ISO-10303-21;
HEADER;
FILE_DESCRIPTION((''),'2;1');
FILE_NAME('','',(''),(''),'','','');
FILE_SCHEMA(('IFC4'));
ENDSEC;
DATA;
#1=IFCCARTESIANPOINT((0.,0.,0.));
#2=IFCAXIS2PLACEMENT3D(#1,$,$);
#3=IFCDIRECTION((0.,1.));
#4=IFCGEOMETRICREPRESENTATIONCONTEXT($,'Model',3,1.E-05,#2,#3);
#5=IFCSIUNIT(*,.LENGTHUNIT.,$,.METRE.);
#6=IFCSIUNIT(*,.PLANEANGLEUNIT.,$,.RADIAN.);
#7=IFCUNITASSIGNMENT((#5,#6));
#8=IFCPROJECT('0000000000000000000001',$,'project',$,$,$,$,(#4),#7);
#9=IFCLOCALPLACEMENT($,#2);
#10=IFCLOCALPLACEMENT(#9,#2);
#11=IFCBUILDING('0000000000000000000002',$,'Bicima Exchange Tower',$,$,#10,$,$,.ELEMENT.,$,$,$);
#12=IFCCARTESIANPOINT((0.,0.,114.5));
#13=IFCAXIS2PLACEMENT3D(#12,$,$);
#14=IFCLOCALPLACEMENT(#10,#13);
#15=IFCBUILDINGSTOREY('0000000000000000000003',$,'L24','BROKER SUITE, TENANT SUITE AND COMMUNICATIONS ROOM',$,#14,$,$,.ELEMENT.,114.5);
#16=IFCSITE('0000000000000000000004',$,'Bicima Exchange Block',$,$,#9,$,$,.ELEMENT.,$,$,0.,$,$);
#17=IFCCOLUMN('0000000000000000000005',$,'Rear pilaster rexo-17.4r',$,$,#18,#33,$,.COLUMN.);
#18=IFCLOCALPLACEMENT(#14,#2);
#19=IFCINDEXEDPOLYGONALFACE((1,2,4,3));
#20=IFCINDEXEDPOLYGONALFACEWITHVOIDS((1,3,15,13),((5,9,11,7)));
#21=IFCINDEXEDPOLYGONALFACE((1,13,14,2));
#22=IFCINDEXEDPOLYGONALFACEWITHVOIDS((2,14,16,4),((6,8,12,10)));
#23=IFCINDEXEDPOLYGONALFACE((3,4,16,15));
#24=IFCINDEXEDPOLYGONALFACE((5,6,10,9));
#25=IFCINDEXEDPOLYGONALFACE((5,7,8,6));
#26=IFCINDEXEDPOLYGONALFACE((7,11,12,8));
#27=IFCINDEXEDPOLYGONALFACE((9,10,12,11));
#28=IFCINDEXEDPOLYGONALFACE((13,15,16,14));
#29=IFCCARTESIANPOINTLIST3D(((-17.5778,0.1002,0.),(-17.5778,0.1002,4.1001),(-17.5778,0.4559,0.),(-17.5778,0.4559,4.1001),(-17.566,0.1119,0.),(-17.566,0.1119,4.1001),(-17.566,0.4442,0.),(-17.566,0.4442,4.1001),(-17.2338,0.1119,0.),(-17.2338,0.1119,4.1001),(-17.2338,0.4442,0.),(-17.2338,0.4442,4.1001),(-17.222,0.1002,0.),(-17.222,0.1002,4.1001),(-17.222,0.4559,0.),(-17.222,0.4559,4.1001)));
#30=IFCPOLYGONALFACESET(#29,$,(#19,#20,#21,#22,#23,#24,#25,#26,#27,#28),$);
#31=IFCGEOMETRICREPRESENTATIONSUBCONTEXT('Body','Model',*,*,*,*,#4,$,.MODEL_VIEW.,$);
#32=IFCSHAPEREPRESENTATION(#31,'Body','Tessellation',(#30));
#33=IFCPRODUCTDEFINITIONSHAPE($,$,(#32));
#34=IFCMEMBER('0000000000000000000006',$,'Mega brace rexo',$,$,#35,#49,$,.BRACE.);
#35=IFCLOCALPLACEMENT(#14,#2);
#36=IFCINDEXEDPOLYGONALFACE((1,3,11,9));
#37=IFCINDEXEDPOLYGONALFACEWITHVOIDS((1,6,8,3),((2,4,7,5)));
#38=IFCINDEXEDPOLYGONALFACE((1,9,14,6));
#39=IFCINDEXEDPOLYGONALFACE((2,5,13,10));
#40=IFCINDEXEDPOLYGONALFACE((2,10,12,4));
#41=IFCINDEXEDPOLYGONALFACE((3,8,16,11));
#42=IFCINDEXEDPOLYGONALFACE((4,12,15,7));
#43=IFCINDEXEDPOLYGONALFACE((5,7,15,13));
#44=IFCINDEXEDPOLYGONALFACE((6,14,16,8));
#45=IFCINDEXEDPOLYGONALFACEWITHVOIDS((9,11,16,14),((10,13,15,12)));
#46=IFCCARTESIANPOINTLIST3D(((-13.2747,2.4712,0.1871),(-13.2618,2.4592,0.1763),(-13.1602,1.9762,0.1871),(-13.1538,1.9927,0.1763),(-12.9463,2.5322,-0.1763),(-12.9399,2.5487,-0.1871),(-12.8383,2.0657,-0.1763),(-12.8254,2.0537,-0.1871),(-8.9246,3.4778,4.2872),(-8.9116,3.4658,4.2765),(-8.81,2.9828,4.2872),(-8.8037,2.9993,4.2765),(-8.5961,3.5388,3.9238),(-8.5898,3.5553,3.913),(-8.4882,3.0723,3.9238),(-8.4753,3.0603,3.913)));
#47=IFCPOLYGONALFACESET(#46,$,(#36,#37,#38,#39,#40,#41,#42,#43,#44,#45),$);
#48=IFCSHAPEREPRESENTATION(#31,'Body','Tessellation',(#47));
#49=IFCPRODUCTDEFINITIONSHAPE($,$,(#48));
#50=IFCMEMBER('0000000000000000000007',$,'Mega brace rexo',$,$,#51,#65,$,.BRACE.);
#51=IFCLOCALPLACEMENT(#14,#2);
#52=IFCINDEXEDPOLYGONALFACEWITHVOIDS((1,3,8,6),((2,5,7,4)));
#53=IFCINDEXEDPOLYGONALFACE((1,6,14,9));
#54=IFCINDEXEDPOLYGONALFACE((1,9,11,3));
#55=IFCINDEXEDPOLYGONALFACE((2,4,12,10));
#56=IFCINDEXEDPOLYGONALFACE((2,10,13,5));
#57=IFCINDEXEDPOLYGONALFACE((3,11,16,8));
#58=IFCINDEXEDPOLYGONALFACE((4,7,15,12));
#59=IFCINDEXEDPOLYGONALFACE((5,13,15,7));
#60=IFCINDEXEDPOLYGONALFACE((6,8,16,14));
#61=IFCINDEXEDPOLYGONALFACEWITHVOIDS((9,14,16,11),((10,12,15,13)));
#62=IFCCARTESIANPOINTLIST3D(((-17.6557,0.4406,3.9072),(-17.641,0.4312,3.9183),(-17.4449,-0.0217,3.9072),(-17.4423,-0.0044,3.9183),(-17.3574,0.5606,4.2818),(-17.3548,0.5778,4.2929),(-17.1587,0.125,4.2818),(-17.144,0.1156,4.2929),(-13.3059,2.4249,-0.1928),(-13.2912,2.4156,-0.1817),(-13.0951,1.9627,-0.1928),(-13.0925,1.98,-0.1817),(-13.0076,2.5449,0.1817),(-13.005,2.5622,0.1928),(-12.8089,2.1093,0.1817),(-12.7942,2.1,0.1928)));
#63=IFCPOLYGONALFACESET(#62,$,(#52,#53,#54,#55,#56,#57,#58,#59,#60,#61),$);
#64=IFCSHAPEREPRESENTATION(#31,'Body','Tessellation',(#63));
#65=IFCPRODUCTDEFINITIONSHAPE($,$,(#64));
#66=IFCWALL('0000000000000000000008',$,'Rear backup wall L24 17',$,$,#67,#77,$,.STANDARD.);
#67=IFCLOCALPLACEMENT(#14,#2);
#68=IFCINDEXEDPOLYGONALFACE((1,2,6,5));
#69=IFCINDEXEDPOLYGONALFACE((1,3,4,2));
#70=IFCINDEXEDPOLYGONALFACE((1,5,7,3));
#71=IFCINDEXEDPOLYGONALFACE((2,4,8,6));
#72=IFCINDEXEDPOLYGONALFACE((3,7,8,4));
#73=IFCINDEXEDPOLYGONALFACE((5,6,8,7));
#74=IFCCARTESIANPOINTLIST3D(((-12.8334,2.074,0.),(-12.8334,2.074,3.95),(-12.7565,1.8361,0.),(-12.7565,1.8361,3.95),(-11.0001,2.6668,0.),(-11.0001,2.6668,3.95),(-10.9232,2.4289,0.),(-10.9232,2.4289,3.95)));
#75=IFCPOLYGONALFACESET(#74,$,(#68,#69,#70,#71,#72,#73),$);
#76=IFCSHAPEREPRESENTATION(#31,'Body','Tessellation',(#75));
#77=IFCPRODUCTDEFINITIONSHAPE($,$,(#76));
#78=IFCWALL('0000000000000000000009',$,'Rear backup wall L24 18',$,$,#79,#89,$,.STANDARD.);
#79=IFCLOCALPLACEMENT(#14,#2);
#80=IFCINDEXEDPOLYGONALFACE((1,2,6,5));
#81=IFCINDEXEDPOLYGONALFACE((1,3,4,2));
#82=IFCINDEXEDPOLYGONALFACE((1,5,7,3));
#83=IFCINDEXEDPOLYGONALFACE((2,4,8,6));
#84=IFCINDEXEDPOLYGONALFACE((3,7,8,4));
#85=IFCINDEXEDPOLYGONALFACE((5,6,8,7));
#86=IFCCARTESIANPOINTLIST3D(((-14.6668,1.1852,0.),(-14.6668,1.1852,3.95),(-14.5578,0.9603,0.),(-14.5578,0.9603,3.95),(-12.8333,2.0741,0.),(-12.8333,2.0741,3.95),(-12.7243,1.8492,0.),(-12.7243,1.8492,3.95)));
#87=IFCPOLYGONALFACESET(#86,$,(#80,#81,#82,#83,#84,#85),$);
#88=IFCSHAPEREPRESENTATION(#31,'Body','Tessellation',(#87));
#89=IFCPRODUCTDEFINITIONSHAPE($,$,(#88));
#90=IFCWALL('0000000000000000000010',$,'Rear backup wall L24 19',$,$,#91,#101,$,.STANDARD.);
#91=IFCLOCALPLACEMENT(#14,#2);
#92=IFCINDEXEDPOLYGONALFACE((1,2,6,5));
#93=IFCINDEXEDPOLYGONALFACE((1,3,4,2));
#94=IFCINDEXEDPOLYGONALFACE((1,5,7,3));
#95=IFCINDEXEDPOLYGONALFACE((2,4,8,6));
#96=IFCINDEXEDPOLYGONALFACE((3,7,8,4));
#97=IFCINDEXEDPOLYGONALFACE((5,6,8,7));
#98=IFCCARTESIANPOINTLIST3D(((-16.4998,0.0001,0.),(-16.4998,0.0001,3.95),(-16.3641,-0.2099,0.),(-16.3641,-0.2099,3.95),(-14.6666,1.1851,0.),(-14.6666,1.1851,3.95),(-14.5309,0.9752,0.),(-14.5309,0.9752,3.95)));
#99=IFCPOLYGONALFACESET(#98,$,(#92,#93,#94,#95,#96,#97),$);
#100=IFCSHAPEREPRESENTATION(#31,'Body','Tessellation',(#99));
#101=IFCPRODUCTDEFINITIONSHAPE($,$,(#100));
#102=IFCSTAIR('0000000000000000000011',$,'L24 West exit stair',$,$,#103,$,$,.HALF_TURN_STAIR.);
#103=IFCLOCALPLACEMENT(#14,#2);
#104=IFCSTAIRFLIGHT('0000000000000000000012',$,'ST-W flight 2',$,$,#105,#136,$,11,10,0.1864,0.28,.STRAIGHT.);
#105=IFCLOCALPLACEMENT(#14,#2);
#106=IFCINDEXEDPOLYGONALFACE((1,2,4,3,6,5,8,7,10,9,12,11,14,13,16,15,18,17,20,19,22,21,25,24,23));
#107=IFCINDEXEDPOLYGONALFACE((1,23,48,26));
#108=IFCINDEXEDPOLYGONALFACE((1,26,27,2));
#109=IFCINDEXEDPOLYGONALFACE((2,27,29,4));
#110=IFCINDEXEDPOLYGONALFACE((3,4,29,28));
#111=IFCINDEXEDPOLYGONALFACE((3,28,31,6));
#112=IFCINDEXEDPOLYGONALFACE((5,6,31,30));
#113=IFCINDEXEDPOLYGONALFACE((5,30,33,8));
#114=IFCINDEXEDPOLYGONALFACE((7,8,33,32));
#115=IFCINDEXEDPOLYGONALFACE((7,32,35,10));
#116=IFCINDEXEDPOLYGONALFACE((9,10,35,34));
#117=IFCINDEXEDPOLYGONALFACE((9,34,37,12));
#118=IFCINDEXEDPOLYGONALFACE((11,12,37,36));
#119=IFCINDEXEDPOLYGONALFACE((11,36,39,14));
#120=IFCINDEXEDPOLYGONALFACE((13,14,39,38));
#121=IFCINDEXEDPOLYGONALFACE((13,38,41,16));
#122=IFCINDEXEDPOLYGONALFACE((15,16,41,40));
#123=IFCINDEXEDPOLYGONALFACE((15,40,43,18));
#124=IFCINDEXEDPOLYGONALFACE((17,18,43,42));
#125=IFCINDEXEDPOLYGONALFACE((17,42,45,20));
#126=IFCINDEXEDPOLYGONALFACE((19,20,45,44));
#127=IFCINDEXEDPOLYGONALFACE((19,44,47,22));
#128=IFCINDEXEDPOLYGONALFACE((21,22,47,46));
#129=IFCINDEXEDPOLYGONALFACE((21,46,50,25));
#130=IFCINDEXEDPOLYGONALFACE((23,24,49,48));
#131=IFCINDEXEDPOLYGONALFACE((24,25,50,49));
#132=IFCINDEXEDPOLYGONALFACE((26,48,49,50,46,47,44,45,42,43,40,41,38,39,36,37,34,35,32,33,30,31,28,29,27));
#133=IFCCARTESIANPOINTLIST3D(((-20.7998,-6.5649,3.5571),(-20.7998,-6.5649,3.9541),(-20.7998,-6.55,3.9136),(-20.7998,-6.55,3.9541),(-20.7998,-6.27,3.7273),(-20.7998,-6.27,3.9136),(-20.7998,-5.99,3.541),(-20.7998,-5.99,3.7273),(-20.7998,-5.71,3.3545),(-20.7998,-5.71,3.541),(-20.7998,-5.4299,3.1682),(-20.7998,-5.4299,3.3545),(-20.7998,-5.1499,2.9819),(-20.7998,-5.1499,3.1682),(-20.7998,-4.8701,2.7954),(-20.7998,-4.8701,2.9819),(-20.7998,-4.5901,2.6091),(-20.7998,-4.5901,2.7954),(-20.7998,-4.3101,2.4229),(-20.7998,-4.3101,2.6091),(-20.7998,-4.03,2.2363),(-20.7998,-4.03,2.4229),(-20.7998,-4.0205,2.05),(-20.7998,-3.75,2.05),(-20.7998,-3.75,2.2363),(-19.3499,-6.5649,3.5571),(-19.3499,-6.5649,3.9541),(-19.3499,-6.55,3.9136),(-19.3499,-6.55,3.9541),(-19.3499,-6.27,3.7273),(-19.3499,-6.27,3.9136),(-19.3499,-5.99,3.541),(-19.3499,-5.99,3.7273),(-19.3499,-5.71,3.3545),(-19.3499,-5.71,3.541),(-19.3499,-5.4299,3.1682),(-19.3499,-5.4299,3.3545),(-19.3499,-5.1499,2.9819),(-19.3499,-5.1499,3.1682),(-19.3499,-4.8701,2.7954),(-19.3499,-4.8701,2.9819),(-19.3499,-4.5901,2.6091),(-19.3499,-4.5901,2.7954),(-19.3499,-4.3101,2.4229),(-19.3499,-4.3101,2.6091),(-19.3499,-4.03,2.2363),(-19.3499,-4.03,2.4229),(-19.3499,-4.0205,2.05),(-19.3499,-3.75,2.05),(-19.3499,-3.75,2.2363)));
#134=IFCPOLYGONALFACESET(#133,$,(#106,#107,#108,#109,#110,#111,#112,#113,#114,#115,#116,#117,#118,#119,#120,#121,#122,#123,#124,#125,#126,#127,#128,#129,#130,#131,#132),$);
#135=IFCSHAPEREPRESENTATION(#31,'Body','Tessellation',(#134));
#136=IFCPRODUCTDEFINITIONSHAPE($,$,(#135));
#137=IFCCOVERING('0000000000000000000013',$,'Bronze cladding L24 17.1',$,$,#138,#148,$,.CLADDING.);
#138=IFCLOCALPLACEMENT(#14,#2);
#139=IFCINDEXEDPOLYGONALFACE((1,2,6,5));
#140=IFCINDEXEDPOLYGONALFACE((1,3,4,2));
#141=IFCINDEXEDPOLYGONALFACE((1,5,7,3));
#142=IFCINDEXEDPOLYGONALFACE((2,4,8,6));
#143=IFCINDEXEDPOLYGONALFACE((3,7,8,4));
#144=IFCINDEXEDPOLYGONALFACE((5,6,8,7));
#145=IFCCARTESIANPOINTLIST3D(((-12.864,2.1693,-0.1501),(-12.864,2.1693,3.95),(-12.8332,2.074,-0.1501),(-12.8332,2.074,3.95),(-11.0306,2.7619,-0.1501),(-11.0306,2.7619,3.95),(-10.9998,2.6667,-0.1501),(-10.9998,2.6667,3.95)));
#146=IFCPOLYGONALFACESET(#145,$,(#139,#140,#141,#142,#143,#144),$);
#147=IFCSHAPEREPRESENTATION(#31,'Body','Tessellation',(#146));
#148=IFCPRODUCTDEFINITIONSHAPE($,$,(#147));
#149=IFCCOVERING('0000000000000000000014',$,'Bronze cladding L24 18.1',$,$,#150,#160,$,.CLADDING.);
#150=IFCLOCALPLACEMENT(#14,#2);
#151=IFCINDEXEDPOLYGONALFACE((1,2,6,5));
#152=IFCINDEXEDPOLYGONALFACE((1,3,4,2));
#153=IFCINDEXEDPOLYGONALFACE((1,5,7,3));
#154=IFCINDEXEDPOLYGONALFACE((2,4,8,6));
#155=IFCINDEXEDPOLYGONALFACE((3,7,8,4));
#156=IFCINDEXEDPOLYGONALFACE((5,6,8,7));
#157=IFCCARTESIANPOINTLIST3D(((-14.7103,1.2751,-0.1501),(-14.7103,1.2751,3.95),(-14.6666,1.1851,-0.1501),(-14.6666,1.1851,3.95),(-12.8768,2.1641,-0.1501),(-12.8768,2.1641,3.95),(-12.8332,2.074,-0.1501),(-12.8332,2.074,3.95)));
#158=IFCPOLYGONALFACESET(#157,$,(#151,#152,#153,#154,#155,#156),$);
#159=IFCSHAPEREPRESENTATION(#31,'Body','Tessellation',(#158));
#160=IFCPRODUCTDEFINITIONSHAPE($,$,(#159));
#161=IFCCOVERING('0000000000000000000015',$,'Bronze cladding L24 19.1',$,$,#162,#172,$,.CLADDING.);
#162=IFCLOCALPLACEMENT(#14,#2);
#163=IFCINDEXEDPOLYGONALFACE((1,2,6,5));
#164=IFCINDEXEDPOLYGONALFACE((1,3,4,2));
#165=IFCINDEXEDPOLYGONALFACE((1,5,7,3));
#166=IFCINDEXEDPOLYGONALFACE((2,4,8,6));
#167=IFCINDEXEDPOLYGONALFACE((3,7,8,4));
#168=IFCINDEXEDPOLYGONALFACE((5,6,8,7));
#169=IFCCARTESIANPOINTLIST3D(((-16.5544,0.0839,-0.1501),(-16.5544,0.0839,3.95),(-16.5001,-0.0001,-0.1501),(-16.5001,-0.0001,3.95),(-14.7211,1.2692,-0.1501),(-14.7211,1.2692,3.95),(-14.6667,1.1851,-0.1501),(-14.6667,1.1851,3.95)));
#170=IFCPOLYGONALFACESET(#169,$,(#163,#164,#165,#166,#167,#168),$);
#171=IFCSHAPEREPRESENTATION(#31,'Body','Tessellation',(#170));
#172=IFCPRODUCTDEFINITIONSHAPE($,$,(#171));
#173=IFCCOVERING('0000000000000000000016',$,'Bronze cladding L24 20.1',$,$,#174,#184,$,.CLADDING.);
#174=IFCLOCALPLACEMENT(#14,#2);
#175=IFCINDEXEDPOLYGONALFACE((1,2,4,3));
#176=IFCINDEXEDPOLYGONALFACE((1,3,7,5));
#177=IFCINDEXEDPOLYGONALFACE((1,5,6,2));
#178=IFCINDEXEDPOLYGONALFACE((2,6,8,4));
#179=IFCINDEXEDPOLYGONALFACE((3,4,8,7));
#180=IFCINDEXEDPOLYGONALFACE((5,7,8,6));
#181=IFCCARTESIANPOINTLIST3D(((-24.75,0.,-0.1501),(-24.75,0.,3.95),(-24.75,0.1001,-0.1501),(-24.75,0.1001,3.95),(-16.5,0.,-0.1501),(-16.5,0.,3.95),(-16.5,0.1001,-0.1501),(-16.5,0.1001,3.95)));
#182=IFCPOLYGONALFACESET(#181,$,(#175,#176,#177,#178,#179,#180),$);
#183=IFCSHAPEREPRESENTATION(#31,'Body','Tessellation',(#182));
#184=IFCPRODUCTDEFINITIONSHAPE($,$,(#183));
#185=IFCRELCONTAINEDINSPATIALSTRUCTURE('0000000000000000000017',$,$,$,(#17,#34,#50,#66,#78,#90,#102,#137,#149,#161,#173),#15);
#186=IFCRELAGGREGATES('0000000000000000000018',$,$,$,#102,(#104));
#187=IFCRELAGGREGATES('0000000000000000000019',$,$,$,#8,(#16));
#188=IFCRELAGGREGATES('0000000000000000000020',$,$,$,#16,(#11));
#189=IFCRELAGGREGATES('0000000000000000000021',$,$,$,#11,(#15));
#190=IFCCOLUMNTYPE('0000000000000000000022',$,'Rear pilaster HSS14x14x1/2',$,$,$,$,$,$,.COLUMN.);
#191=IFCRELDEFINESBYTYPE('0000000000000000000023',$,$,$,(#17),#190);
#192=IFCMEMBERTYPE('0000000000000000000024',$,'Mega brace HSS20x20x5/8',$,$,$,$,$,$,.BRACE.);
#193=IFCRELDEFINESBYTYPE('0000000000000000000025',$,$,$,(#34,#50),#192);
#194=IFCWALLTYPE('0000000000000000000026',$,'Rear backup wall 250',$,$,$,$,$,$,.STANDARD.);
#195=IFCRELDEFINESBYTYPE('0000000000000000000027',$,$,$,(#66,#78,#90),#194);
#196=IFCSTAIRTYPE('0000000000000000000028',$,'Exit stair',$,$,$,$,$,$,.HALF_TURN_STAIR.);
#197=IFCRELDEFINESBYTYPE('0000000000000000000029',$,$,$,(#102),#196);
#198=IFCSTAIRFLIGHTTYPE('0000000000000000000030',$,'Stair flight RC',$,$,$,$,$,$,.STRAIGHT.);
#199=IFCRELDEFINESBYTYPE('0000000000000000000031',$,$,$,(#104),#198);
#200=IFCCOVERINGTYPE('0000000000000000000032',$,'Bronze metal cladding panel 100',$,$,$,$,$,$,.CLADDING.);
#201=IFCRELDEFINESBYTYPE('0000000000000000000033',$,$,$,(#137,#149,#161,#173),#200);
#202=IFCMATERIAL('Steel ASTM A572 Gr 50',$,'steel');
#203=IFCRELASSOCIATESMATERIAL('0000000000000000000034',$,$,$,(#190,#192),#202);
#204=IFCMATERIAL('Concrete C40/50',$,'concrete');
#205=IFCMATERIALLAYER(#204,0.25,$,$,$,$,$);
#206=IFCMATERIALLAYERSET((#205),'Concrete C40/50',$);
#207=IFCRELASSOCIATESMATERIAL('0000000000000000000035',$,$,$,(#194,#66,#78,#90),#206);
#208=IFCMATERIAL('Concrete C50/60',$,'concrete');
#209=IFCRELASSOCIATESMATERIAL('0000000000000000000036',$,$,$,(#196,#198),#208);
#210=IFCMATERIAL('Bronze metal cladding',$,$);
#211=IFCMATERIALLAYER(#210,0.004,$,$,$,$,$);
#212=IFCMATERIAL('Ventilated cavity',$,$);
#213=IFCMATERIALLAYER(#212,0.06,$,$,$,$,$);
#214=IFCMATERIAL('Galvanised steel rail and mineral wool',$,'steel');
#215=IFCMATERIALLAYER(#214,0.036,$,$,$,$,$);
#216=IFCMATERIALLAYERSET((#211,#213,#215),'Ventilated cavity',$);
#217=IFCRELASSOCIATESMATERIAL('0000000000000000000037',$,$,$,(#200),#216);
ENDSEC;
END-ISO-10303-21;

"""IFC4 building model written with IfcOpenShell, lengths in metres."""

from ifc_helpers import new_model, si_unit, direction, frame, frame_2d, origin, origin_2d, place, context, subcontext, project, spatial, polyline, rectangle, hollow_rectangle, outline, extrude, material, layer, layer_set, layer_usage, material_profile, profile_set, type_object, element, aggregate, save


model = new_model("IFC4")

# Units and contexts
model_context = context("Model", 3, precision=1e-05, world=origin(), true_north=direction((0.0, 1.0)))
body_context = subcontext(model_context, "Body", "Model", "MODEL_VIEW")
ifc_project = project(units=[si_unit("LENGTHUNIT", "METRE"), si_unit("PLANEANGLEUNIT", "RADIAN")], contexts=[model_context])

# Site, building, storey
site_placement = place(None, origin())
site = spatial("IfcSite", under=ifc_project, at=site_placement, Name="Bicima Exchange Block", CompositionType="ELEMENT", RefElevation=0.0)
building_placement = place(site_placement, origin())
building = spatial("IfcBuilding", under=site, at=building_placement, Name="Bicima Exchange Tower", CompositionType="ELEMENT")
storey_placement = place(building_placement, frame((0.0, 0.0, 114.5)))
storey = spatial("IfcBuildingStorey", under=building, at=storey_placement, Name="L24", Description="BROKER SUITE, TENANT SUITE AND COMMUNICATIONS ROOM", CompositionType="ELEMENT", Elevation=114.5)

# Column
ifc_material_1 = material(Name="Steel ASTM A572 Gr 50", Category="steel")
ifc_material_profile_1 = material_profile(ifc_material_1, hollow_rectangle(XDim=0.3557, YDim=0.3557, WallThickness=0.0117, at=origin_2d()))
ifc_profile_set_1 = profile_set([ifc_material_profile_1], Name="Steel ASTM A572 Gr 50")
column_type = type_object("IfcColumnType", Name="Rear pilaster HSS14x14x1/2", PredefinedType="COLUMN", material=ifc_profile_set_1)
column_placement = place(storey_placement, frame((-17.3999, 0.2781, 0.0), z_axis=(0.0, 0.0, 1.0), x_axis=(1.0, 0.0, 0.0)))
element("IfcColumn", 1, at=column_placement, inside=storey, type_object=column_type, Name="Rear pilaster rexo-17.4r", PredefinedType="COLUMN", context=body_context, shape_type="SweptSolid", body=[
    extrude(hollow_rectangle(XDim=0.3557, YDim=0.3557, WallThickness=0.0117, at=origin_2d()), origin(), (0.0, 0.0, 1.0), 4.1001),
])

# Members
ifc_material_profile_2 = material_profile(ifc_material_1, hollow_rectangle(XDim=0.5081, YDim=0.5081, WallThickness=0.0146, at=origin_2d()))
ifc_profile_set_2 = profile_set([ifc_material_profile_2], Name="Steel ASTM A572 Gr 50")
member_type = type_object("IfcMemberType", Name="Mega brace HSS20x20x5/8", PredefinedType="BRACE", material=ifc_profile_set_2)
member_1_placement = place(storey_placement, frame((-13.05, 2.2625, 0.0), z_axis=(0.717606, 0.166051, 0.676365), x_axis=(-0.225439, 0.974257, 0.0)))
element("IfcMember", 2, at=member_1_placement, inside=storey, type_object=member_type, Name="Mega brace rexo", PredefinedType="BRACE", context=body_context, shape_type="SweptSolid", body=[
    extrude(hollow_rectangle(XDim=0.5081, YDim=0.5081, WallThickness=0.0146, at=origin_2d()), origin(), (0.0, 0.0, 1.0), 6.062),
])
member_2_placement = place(storey_placement, frame((-13.05, 2.2625, 0.0), z_axis=(-0.690629, -0.31506, 0.650975), x_axis=(0.415045, -0.909801, 0.0)))
element("IfcMember", 3, at=member_2_placement, inside=storey, type_object=member_type, Name="Mega brace rexo", PredefinedType="BRACE", context=body_context, shape_type="SweptSolid", body=[
    extrude(hollow_rectangle(XDim=0.5081, YDim=0.5081, WallThickness=0.0146, at=origin_2d()), origin(), (0.0, 0.0, 1.0), 6.2983),
])

# Walls
ifc_material_2 = material(Name="Concrete C40/50", Category="concrete")
ifc_layer_1 = layer(ifc_material_2, 0.25)
ifc_layer_set_1 = layer_set([ifc_layer_1], Name="Concrete C40/50")
ifc_layer_usage = layer_usage(ifc_layer_set_1, "AXIS2", "POSITIVE", -0.125)
wall_type = type_object("IfcWallType", Name="Rear backup wall 250", PredefinedType="STANDARD", material=ifc_layer_set_1)
wall_1_placement = place(storey_placement, frame((-10.9617, 2.5479, 0.0), z_axis=(0.0, 0.0, 1.0), x_axis=(-0.951496, -0.307662, 0.0)))
element("IfcWall", 4, at=wall_1_placement, inside=storey, type_object=wall_type, material=ifc_layer_usage, Name="Rear backup wall L24 17", PredefinedType="STANDARD", context=body_context, shape_type="SweptSolid", body=[
    extrude(rectangle(XDim=1.9268, YDim=0.25, at=frame_2d((0.9634, 0.0))), origin(), (0.0, 0.0, 1.0), 3.95),
])
wall_2_placement = place(storey_placement, frame((-12.7788, 1.9617, 0.0), z_axis=(0.0, 0.0, 1.0), x_axis=(-0.899824, -0.436253, 0.0)))
element("IfcWall", 5, at=wall_2_placement, inside=storey, type_object=wall_type, material=ifc_layer_usage, Name="Rear backup wall L24 18", PredefinedType="STANDARD", context=body_context, shape_type="SweptSolid", body=[
    extrude(rectangle(XDim=2.0376, YDim=0.25, at=frame_2d((1.0188, 0.0))), origin(), (0.0, 0.0, 1.0), 3.95),
])
wall_3_placement = place(storey_placement, frame((-14.5989, 1.0801, 0.0), z_axis=(0.0, 0.0, 1.0), x_axis=(-0.839813, -0.542876, 0.0)))
element("IfcWall", 6, at=wall_3_placement, inside=storey, type_object=wall_type, material=ifc_layer_usage, Name="Rear backup wall L24 19", PredefinedType="STANDARD", context=body_context, shape_type="SweptSolid", body=[
    extrude(rectangle(XDim=2.1829, YDim=0.25, at=frame_2d((1.0913, 0.0))), origin(), (0.0, 0.0, 1.0), 3.95),
])

# Stair, stair flight
ifc_material_3 = material(Name="Concrete C50/60", Category="concrete")
stair_type = type_object("IfcStairType", Name="Exit stair", PredefinedType="HALF_TURN_STAIR", material=ifc_material_3)
stair_placement = place(storey_placement, origin())
stair = element("IfcStair", 7, at=stair_placement, inside=storey, type_object=stair_type, Name="L24 West exit stair", PredefinedType="HALF_TURN_STAIR")
stair_flight_type = type_object("IfcStairFlightType", Name="Stair flight RC", PredefinedType="STRAIGHT", material=ifc_material_3)
stair_flight_placement = place(storey_placement, frame((-20.075, -3.75, 2.05), z_axis=(0.0, 0.0, 1.0), x_axis=(0.0, -1.0, 0.0)))
stair_flight = element("IfcStairFlight", 8, at=stair_flight_placement, type_object=stair_flight_type, Name="ST-W flight 2", NumberOfRisers=11, NumberOfTreads=10, PredefinedType="STRAIGHT", RiserHeight=0.1864, TreadLength=0.28, context=body_context, shape_type="SweptSolid", body=[
    extrude(outline(polyline([(0.0, 0.0), (0.0, 0.1863), (0.28, 0.1863), (0.28, 0.3728), (0.5601, 0.3728), (0.5601, 0.5591), (0.8401, 0.5591), (0.8401, 0.7454), (1.1201, 0.7454), (1.1201, 0.9319), (1.3999, 0.9319), (1.3999, 1.1182), (1.6799, 1.1182), (1.6799, 1.3044), (1.96, 1.3044), (1.96, 1.491), (2.24, 1.491), (2.24, 1.6772), (2.52, 1.6772), (2.52, 1.8635), (2.8, 1.8635), (2.8, 1.9041), (2.8149, 1.9041), (2.8149, 1.5071), (0.2705, 0.0), (0.0, 0.0)])), frame((0.0, 0.7251, 0.0), z_axis=(0.0, -1.0, 0.0), x_axis=(1.0, 0.0, 0.0)), (0.0, 0.0, 1.0), 1.45),
])
aggregate(stair, [stair_flight])

# Coverings
ifc_material_4 = material(Name="Bronze metal cladding")
ifc_layer_2 = layer(ifc_material_4, 0.004)
ifc_material_5 = material(Name="Ventilated cavity")
ifc_layer_3 = layer(ifc_material_5, 0.06)
ifc_material_6 = material(Name="Galvanised steel rail and mineral wool", Category="steel")
ifc_layer_4 = layer(ifc_material_6, 0.036)
ifc_layer_set_2 = layer_set([ifc_layer_2, ifc_layer_3, ifc_layer_4], Name="Ventilated cavity")
covering_type = type_object("IfcCoveringType", Name="Bronze metal cladding panel 100", PredefinedType="CLADDING", material=ifc_layer_set_2)
covering_1_placement = place(storey_placement, frame((-11.9319, 2.418, -0.1501), z_axis=(0.0, 0.0, 1.0), x_axis=(-0.951525, -0.307573, 0.0)))
element("IfcCovering", 9, at=covering_1_placement, inside=storey, type_object=covering_type, Name="Bronze cladding L24 17.1", PredefinedType="CLADDING", context=body_context, shape_type="SweptSolid", body=[
    extrude(rectangle(XDim=1.9268, YDim=0.1001, at=origin_2d()), origin(), (0.0, 0.0, 1.0), 4.1001),
])
covering_2_placement = place(storey_placement, frame((-13.7717, 1.6746, -0.1501), z_axis=(0.0, 0.0, 1.0), x_axis=(-0.899818, -0.436265, 0.0)))
element("IfcCovering", 10, at=covering_2_placement, inside=storey, type_object=covering_type, Name="Bronze cladding L24 18.1", PredefinedType="CLADDING", context=body_context, shape_type="SweptSolid", body=[
    extrude(rectangle(XDim=2.0376, YDim=0.1001, at=origin_2d()), origin(), (0.0, 0.0, 1.0), 4.1001),
])
covering_3_placement = place(storey_placement, frame((-15.6106, 0.6345, -0.1501), z_axis=(0.0, 0.0, 1.0), x_axis=(-0.83979, -0.542911, 0.0)))
element("IfcCovering", 11, at=covering_3_placement, inside=storey, type_object=covering_type, Name="Bronze cladding L24 19.1", PredefinedType="CLADDING", context=body_context, shape_type="SweptSolid", body=[
    extrude(rectangle(XDim=2.1831, YDim=0.1001, at=origin_2d()), origin(), (0.0, 0.0, 1.0), 4.1001),
])
covering_4_placement = place(storey_placement, frame((-20.625, 0.05, -0.1501), z_axis=(0.0, 0.0, 1.0), x_axis=(-1.0, 0.0, 0.0)))
element("IfcCovering", 12, at=covering_4_placement, inside=storey, type_object=covering_type, Name="Bronze cladding L24 20.1", PredefinedType="CLADDING", context=body_context, shape_type="SweptSolid", body=[
    extrude(rectangle(XDim=8.25, YDim=0.1001, at=origin_2d()), origin(), (0.0, 0.0, 1.0), 4.1001),
])

save(model, "model.ifc")
